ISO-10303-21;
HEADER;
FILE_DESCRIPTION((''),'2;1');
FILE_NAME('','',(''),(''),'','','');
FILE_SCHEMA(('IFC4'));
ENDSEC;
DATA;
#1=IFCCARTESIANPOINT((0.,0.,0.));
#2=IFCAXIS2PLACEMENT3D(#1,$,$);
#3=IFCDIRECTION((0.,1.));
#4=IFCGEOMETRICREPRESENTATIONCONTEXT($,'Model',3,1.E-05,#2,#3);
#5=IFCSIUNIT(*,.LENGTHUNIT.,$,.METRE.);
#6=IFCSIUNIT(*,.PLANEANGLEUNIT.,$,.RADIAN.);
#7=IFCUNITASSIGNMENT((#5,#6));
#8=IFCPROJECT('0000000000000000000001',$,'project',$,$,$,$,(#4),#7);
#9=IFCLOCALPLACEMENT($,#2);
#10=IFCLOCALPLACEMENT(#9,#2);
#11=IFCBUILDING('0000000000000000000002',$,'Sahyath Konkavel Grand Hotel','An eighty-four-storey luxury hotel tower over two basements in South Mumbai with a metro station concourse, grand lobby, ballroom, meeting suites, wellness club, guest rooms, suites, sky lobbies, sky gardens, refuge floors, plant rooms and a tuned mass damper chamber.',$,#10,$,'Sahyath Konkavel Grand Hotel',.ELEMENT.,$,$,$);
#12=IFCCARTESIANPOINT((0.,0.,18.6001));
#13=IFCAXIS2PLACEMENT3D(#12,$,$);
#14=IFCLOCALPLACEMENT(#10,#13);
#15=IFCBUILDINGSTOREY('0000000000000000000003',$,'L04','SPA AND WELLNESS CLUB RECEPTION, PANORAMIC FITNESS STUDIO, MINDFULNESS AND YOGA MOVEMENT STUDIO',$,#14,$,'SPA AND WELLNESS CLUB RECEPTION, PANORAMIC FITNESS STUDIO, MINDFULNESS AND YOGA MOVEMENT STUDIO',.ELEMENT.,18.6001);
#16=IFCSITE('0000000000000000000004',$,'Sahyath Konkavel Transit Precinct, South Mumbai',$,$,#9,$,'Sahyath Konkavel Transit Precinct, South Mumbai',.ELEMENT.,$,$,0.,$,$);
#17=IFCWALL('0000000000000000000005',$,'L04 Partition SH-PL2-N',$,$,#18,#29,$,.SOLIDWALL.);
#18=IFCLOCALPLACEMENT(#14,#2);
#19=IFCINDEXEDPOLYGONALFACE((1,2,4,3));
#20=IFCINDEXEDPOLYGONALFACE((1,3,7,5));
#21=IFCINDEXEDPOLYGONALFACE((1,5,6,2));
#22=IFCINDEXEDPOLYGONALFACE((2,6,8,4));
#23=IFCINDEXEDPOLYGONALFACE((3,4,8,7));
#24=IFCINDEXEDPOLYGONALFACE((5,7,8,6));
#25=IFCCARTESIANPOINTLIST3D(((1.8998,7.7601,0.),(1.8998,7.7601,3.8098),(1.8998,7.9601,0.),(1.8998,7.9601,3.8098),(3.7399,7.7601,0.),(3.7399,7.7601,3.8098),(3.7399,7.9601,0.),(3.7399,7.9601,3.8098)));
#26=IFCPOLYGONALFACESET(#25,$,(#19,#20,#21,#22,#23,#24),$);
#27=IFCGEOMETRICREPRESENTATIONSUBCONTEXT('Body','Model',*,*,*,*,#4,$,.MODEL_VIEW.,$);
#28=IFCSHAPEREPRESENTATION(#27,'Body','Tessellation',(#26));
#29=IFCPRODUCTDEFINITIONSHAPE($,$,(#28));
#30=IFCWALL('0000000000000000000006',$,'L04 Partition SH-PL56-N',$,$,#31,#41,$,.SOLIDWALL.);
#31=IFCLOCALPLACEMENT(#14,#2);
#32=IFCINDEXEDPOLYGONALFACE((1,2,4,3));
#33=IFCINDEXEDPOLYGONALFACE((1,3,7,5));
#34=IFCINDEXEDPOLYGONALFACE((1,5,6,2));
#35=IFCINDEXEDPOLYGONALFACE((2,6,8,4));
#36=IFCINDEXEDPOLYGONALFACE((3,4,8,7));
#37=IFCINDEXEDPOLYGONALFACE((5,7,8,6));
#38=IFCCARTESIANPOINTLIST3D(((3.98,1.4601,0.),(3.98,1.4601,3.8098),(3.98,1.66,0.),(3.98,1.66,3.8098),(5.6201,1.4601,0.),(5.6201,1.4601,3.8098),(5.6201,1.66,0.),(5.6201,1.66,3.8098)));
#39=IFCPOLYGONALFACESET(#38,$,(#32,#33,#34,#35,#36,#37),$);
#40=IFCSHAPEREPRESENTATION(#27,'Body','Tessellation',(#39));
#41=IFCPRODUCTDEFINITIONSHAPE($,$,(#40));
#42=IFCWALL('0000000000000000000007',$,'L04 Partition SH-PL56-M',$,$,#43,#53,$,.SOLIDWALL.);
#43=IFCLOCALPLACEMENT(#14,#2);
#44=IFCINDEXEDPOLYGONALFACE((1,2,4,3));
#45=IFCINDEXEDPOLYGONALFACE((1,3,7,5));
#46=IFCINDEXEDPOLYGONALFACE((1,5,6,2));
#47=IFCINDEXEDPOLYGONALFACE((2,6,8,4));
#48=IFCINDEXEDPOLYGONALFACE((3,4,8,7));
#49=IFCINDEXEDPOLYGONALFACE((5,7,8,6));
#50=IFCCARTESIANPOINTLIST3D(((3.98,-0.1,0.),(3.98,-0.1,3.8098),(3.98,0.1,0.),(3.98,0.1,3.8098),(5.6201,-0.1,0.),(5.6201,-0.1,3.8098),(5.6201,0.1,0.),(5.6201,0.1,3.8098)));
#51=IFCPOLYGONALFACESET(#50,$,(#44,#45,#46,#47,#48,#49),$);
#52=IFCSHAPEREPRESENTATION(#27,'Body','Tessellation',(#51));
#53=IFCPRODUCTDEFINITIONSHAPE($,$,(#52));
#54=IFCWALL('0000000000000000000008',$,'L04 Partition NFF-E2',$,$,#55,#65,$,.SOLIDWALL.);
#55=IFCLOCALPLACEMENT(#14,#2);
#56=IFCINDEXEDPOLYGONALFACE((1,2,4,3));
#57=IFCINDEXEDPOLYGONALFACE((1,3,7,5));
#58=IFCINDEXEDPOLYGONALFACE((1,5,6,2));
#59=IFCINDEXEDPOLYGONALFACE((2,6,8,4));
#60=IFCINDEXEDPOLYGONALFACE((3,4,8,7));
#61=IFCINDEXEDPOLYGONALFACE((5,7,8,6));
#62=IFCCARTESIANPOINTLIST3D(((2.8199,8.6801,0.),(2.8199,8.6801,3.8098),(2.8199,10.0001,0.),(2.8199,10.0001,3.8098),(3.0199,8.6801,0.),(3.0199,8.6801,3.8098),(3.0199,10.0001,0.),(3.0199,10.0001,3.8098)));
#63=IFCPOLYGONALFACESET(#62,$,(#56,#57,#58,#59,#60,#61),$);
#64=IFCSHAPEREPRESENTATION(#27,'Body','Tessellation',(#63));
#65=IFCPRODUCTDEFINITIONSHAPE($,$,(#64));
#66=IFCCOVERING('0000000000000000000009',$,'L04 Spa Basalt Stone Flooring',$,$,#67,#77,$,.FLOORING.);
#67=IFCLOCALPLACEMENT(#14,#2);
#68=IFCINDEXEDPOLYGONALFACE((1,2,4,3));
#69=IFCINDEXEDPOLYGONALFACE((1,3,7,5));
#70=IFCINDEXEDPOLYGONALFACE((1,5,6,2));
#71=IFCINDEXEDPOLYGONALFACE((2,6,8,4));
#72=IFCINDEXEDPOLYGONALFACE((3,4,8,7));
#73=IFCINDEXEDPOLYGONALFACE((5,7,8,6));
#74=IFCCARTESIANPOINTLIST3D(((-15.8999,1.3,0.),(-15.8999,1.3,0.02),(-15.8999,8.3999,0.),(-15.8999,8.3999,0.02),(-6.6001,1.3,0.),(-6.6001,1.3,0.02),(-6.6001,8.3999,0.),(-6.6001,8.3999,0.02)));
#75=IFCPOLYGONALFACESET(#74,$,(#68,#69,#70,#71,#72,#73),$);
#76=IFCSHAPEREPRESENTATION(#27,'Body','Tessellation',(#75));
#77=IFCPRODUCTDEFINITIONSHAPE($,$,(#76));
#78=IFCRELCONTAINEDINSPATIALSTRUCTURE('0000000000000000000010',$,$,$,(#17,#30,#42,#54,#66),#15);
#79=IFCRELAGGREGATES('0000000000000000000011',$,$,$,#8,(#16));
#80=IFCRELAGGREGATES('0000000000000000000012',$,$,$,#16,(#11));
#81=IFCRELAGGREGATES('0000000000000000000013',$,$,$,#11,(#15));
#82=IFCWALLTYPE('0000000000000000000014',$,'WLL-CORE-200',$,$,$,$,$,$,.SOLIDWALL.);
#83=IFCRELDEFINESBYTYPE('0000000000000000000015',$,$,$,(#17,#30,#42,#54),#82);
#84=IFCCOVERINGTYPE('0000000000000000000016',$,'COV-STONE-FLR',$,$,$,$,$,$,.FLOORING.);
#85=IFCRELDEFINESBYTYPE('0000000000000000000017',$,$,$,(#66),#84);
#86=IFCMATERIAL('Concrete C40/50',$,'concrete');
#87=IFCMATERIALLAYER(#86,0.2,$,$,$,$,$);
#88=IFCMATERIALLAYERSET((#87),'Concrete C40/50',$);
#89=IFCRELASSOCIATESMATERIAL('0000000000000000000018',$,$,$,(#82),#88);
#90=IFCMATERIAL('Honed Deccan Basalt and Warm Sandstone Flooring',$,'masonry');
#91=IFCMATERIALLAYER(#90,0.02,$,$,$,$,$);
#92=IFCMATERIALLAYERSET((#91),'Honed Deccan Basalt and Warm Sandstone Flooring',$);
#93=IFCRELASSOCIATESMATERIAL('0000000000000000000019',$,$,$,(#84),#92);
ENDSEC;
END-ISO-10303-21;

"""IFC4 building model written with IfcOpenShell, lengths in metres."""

from ifc_helpers import new_model, si_unit, direction, frame, frame_2d, origin, place, context, subcontext, project, spatial, polyline, rectangle, outline, extrude, material, layer, layer_set, type_object, element, save


model = new_model("IFC4")

# Units and contexts
model_context = context("Model", 3, precision=1e-05, world=origin(), true_north=direction((0.0, 1.0)))
body_context = subcontext(model_context, "Body", "Model", "MODEL_VIEW")
ifc_project = project(units=[si_unit("LENGTHUNIT", "METRE"), si_unit("PLANEANGLEUNIT", "RADIAN")], contexts=[model_context])

# Site, building, storey
site_placement = place(None, origin())
site = spatial("IfcSite", under=ifc_project, at=site_placement, Name="Sahyath Konkavel Transit Precinct, South Mumbai", LongName="Sahyath Konkavel Transit Precinct, South Mumbai", CompositionType="ELEMENT", RefElevation=0.0)
building_placement = place(site_placement, origin())
building = spatial("IfcBuilding", under=site, at=building_placement, Name="Sahyath Konkavel Grand Hotel", Description="An eighty-four-storey luxury hotel tower over two basements in South Mumbai with a metro station concourse, grand lobby, ballroom, meeting suites, wellness club, guest rooms, suites, sky lobbies, sky gardens, refuge floors, plant rooms and a tuned mass damper chamber.", LongName="Sahyath Konkavel Grand Hotel", CompositionType="ELEMENT")
storey_placement = place(building_placement, frame((0.0, 0.0, 18.6001)))
storey = spatial("IfcBuildingStorey", under=building, at=storey_placement, Name="L04", Description="SPA AND WELLNESS CLUB RECEPTION, PANORAMIC FITNESS STUDIO, MINDFULNESS AND YOGA MOVEMENT STUDIO", LongName="SPA AND WELLNESS CLUB RECEPTION, PANORAMIC FITNESS STUDIO, MINDFULNESS AND YOGA MOVEMENT STUDIO", CompositionType="ELEMENT", Elevation=18.6001)

# Shared definitions
ifc_material_1 = material(Name="Concrete C40/50", Category="concrete")
ifc_layer_1 = layer(ifc_material_1, 0.2)
ifc_layer_set_1 = layer_set([ifc_layer_1], Name="Concrete C40/50")
wall_type = type_object("IfcWallType", Name="WLL-CORE-200", PredefinedType="SOLIDWALL", material=ifc_layer_set_1)

# Walls
wall_1_placement = place(storey_placement, frame((1.8999, 7.8601, 0.0), z_axis=(0.0, 0.0, 1.0), x_axis=(1.0, 0.0, 0.0)))
element("IfcWall", 1, at=wall_1_placement, inside=storey, type_object=wall_type, Name="L04 Partition SH-PL2-N", PredefinedType="SOLIDWALL", context=body_context, shape_type="SweptSolid", body=[
    extrude(rectangle(XDim=1.8401, YDim=0.2, at=frame_2d((0.9199, 0.0))), origin(), (0.0, 0.0, 1.0), 3.8098),
])
for number, where, z_axis, x_axis, name in (
    (2, (3.98, 1.5601, 0.0), (0.0, 0.0, 1.0), (1.0, 0.0, 0.0), "L04 Partition SH-PL56-N"),
    (3, (3.98, 0.0, 0.0), (0.0, 0.0, 1.0), (1.0, 0.0, 0.0), "L04 Partition SH-PL56-M"),
):
    element("IfcWall", number, at=place(storey_placement, frame(where, z_axis=z_axis, x_axis=x_axis)), inside=storey, type_object=wall_type, Name=name, PredefinedType="SOLIDWALL", context=body_context, shape_type="SweptSolid", body=[
        extrude(rectangle(XDim=1.6401, YDim=0.2, at=frame_2d((0.8201, 0.0))), origin(), (0.0, 0.0, 1.0), 3.8098),
    ])

# Wall
wall_2_placement = place(storey_placement, frame((2.9199, 8.6799, 0.0), z_axis=(0.0, 0.0, 1.0), x_axis=(0.0, 1.0, 0.0)))
element("IfcWall", 4, at=wall_2_placement, inside=storey, type_object=wall_type, Name="L04 Partition NFF-E2", PredefinedType="SOLIDWALL", context=body_context, shape_type="SweptSolid", body=[
    extrude(rectangle(XDim=1.3201, YDim=0.2, at=frame_2d((0.6602, 0.0))), origin(), (0.0, 0.0, 1.0), 3.8098),
])

# Covering
ifc_material_2 = material(Name="Honed Deccan Basalt and Warm Sandstone Flooring", Category="masonry")
ifc_layer_2 = layer(ifc_material_2, 0.02)
ifc_layer_set_2 = layer_set([ifc_layer_2], Name="Honed Deccan Basalt and Warm Sandstone Flooring")
covering_type = type_object("IfcCoveringType", Name="COV-STONE-FLR", PredefinedType="FLOORING", material=ifc_layer_set_2)
covering_placement = place(storey_placement, origin())
element("IfcCovering", 5, at=covering_placement, inside=storey, type_object=covering_type, Name="L04 Spa Basalt Stone Flooring", PredefinedType="FLOORING", context=body_context, shape_type="SweptSolid", body=[
    extrude(outline(polyline([(-15.8999, 1.3), (-6.6001, 1.3), (-6.6001, 8.3999), (-15.8999, 8.3999), (-15.8999, 1.3)])), origin(), (0.0, 0.0, 1.0), 0.02),
])

save(model, "model.ifc")
